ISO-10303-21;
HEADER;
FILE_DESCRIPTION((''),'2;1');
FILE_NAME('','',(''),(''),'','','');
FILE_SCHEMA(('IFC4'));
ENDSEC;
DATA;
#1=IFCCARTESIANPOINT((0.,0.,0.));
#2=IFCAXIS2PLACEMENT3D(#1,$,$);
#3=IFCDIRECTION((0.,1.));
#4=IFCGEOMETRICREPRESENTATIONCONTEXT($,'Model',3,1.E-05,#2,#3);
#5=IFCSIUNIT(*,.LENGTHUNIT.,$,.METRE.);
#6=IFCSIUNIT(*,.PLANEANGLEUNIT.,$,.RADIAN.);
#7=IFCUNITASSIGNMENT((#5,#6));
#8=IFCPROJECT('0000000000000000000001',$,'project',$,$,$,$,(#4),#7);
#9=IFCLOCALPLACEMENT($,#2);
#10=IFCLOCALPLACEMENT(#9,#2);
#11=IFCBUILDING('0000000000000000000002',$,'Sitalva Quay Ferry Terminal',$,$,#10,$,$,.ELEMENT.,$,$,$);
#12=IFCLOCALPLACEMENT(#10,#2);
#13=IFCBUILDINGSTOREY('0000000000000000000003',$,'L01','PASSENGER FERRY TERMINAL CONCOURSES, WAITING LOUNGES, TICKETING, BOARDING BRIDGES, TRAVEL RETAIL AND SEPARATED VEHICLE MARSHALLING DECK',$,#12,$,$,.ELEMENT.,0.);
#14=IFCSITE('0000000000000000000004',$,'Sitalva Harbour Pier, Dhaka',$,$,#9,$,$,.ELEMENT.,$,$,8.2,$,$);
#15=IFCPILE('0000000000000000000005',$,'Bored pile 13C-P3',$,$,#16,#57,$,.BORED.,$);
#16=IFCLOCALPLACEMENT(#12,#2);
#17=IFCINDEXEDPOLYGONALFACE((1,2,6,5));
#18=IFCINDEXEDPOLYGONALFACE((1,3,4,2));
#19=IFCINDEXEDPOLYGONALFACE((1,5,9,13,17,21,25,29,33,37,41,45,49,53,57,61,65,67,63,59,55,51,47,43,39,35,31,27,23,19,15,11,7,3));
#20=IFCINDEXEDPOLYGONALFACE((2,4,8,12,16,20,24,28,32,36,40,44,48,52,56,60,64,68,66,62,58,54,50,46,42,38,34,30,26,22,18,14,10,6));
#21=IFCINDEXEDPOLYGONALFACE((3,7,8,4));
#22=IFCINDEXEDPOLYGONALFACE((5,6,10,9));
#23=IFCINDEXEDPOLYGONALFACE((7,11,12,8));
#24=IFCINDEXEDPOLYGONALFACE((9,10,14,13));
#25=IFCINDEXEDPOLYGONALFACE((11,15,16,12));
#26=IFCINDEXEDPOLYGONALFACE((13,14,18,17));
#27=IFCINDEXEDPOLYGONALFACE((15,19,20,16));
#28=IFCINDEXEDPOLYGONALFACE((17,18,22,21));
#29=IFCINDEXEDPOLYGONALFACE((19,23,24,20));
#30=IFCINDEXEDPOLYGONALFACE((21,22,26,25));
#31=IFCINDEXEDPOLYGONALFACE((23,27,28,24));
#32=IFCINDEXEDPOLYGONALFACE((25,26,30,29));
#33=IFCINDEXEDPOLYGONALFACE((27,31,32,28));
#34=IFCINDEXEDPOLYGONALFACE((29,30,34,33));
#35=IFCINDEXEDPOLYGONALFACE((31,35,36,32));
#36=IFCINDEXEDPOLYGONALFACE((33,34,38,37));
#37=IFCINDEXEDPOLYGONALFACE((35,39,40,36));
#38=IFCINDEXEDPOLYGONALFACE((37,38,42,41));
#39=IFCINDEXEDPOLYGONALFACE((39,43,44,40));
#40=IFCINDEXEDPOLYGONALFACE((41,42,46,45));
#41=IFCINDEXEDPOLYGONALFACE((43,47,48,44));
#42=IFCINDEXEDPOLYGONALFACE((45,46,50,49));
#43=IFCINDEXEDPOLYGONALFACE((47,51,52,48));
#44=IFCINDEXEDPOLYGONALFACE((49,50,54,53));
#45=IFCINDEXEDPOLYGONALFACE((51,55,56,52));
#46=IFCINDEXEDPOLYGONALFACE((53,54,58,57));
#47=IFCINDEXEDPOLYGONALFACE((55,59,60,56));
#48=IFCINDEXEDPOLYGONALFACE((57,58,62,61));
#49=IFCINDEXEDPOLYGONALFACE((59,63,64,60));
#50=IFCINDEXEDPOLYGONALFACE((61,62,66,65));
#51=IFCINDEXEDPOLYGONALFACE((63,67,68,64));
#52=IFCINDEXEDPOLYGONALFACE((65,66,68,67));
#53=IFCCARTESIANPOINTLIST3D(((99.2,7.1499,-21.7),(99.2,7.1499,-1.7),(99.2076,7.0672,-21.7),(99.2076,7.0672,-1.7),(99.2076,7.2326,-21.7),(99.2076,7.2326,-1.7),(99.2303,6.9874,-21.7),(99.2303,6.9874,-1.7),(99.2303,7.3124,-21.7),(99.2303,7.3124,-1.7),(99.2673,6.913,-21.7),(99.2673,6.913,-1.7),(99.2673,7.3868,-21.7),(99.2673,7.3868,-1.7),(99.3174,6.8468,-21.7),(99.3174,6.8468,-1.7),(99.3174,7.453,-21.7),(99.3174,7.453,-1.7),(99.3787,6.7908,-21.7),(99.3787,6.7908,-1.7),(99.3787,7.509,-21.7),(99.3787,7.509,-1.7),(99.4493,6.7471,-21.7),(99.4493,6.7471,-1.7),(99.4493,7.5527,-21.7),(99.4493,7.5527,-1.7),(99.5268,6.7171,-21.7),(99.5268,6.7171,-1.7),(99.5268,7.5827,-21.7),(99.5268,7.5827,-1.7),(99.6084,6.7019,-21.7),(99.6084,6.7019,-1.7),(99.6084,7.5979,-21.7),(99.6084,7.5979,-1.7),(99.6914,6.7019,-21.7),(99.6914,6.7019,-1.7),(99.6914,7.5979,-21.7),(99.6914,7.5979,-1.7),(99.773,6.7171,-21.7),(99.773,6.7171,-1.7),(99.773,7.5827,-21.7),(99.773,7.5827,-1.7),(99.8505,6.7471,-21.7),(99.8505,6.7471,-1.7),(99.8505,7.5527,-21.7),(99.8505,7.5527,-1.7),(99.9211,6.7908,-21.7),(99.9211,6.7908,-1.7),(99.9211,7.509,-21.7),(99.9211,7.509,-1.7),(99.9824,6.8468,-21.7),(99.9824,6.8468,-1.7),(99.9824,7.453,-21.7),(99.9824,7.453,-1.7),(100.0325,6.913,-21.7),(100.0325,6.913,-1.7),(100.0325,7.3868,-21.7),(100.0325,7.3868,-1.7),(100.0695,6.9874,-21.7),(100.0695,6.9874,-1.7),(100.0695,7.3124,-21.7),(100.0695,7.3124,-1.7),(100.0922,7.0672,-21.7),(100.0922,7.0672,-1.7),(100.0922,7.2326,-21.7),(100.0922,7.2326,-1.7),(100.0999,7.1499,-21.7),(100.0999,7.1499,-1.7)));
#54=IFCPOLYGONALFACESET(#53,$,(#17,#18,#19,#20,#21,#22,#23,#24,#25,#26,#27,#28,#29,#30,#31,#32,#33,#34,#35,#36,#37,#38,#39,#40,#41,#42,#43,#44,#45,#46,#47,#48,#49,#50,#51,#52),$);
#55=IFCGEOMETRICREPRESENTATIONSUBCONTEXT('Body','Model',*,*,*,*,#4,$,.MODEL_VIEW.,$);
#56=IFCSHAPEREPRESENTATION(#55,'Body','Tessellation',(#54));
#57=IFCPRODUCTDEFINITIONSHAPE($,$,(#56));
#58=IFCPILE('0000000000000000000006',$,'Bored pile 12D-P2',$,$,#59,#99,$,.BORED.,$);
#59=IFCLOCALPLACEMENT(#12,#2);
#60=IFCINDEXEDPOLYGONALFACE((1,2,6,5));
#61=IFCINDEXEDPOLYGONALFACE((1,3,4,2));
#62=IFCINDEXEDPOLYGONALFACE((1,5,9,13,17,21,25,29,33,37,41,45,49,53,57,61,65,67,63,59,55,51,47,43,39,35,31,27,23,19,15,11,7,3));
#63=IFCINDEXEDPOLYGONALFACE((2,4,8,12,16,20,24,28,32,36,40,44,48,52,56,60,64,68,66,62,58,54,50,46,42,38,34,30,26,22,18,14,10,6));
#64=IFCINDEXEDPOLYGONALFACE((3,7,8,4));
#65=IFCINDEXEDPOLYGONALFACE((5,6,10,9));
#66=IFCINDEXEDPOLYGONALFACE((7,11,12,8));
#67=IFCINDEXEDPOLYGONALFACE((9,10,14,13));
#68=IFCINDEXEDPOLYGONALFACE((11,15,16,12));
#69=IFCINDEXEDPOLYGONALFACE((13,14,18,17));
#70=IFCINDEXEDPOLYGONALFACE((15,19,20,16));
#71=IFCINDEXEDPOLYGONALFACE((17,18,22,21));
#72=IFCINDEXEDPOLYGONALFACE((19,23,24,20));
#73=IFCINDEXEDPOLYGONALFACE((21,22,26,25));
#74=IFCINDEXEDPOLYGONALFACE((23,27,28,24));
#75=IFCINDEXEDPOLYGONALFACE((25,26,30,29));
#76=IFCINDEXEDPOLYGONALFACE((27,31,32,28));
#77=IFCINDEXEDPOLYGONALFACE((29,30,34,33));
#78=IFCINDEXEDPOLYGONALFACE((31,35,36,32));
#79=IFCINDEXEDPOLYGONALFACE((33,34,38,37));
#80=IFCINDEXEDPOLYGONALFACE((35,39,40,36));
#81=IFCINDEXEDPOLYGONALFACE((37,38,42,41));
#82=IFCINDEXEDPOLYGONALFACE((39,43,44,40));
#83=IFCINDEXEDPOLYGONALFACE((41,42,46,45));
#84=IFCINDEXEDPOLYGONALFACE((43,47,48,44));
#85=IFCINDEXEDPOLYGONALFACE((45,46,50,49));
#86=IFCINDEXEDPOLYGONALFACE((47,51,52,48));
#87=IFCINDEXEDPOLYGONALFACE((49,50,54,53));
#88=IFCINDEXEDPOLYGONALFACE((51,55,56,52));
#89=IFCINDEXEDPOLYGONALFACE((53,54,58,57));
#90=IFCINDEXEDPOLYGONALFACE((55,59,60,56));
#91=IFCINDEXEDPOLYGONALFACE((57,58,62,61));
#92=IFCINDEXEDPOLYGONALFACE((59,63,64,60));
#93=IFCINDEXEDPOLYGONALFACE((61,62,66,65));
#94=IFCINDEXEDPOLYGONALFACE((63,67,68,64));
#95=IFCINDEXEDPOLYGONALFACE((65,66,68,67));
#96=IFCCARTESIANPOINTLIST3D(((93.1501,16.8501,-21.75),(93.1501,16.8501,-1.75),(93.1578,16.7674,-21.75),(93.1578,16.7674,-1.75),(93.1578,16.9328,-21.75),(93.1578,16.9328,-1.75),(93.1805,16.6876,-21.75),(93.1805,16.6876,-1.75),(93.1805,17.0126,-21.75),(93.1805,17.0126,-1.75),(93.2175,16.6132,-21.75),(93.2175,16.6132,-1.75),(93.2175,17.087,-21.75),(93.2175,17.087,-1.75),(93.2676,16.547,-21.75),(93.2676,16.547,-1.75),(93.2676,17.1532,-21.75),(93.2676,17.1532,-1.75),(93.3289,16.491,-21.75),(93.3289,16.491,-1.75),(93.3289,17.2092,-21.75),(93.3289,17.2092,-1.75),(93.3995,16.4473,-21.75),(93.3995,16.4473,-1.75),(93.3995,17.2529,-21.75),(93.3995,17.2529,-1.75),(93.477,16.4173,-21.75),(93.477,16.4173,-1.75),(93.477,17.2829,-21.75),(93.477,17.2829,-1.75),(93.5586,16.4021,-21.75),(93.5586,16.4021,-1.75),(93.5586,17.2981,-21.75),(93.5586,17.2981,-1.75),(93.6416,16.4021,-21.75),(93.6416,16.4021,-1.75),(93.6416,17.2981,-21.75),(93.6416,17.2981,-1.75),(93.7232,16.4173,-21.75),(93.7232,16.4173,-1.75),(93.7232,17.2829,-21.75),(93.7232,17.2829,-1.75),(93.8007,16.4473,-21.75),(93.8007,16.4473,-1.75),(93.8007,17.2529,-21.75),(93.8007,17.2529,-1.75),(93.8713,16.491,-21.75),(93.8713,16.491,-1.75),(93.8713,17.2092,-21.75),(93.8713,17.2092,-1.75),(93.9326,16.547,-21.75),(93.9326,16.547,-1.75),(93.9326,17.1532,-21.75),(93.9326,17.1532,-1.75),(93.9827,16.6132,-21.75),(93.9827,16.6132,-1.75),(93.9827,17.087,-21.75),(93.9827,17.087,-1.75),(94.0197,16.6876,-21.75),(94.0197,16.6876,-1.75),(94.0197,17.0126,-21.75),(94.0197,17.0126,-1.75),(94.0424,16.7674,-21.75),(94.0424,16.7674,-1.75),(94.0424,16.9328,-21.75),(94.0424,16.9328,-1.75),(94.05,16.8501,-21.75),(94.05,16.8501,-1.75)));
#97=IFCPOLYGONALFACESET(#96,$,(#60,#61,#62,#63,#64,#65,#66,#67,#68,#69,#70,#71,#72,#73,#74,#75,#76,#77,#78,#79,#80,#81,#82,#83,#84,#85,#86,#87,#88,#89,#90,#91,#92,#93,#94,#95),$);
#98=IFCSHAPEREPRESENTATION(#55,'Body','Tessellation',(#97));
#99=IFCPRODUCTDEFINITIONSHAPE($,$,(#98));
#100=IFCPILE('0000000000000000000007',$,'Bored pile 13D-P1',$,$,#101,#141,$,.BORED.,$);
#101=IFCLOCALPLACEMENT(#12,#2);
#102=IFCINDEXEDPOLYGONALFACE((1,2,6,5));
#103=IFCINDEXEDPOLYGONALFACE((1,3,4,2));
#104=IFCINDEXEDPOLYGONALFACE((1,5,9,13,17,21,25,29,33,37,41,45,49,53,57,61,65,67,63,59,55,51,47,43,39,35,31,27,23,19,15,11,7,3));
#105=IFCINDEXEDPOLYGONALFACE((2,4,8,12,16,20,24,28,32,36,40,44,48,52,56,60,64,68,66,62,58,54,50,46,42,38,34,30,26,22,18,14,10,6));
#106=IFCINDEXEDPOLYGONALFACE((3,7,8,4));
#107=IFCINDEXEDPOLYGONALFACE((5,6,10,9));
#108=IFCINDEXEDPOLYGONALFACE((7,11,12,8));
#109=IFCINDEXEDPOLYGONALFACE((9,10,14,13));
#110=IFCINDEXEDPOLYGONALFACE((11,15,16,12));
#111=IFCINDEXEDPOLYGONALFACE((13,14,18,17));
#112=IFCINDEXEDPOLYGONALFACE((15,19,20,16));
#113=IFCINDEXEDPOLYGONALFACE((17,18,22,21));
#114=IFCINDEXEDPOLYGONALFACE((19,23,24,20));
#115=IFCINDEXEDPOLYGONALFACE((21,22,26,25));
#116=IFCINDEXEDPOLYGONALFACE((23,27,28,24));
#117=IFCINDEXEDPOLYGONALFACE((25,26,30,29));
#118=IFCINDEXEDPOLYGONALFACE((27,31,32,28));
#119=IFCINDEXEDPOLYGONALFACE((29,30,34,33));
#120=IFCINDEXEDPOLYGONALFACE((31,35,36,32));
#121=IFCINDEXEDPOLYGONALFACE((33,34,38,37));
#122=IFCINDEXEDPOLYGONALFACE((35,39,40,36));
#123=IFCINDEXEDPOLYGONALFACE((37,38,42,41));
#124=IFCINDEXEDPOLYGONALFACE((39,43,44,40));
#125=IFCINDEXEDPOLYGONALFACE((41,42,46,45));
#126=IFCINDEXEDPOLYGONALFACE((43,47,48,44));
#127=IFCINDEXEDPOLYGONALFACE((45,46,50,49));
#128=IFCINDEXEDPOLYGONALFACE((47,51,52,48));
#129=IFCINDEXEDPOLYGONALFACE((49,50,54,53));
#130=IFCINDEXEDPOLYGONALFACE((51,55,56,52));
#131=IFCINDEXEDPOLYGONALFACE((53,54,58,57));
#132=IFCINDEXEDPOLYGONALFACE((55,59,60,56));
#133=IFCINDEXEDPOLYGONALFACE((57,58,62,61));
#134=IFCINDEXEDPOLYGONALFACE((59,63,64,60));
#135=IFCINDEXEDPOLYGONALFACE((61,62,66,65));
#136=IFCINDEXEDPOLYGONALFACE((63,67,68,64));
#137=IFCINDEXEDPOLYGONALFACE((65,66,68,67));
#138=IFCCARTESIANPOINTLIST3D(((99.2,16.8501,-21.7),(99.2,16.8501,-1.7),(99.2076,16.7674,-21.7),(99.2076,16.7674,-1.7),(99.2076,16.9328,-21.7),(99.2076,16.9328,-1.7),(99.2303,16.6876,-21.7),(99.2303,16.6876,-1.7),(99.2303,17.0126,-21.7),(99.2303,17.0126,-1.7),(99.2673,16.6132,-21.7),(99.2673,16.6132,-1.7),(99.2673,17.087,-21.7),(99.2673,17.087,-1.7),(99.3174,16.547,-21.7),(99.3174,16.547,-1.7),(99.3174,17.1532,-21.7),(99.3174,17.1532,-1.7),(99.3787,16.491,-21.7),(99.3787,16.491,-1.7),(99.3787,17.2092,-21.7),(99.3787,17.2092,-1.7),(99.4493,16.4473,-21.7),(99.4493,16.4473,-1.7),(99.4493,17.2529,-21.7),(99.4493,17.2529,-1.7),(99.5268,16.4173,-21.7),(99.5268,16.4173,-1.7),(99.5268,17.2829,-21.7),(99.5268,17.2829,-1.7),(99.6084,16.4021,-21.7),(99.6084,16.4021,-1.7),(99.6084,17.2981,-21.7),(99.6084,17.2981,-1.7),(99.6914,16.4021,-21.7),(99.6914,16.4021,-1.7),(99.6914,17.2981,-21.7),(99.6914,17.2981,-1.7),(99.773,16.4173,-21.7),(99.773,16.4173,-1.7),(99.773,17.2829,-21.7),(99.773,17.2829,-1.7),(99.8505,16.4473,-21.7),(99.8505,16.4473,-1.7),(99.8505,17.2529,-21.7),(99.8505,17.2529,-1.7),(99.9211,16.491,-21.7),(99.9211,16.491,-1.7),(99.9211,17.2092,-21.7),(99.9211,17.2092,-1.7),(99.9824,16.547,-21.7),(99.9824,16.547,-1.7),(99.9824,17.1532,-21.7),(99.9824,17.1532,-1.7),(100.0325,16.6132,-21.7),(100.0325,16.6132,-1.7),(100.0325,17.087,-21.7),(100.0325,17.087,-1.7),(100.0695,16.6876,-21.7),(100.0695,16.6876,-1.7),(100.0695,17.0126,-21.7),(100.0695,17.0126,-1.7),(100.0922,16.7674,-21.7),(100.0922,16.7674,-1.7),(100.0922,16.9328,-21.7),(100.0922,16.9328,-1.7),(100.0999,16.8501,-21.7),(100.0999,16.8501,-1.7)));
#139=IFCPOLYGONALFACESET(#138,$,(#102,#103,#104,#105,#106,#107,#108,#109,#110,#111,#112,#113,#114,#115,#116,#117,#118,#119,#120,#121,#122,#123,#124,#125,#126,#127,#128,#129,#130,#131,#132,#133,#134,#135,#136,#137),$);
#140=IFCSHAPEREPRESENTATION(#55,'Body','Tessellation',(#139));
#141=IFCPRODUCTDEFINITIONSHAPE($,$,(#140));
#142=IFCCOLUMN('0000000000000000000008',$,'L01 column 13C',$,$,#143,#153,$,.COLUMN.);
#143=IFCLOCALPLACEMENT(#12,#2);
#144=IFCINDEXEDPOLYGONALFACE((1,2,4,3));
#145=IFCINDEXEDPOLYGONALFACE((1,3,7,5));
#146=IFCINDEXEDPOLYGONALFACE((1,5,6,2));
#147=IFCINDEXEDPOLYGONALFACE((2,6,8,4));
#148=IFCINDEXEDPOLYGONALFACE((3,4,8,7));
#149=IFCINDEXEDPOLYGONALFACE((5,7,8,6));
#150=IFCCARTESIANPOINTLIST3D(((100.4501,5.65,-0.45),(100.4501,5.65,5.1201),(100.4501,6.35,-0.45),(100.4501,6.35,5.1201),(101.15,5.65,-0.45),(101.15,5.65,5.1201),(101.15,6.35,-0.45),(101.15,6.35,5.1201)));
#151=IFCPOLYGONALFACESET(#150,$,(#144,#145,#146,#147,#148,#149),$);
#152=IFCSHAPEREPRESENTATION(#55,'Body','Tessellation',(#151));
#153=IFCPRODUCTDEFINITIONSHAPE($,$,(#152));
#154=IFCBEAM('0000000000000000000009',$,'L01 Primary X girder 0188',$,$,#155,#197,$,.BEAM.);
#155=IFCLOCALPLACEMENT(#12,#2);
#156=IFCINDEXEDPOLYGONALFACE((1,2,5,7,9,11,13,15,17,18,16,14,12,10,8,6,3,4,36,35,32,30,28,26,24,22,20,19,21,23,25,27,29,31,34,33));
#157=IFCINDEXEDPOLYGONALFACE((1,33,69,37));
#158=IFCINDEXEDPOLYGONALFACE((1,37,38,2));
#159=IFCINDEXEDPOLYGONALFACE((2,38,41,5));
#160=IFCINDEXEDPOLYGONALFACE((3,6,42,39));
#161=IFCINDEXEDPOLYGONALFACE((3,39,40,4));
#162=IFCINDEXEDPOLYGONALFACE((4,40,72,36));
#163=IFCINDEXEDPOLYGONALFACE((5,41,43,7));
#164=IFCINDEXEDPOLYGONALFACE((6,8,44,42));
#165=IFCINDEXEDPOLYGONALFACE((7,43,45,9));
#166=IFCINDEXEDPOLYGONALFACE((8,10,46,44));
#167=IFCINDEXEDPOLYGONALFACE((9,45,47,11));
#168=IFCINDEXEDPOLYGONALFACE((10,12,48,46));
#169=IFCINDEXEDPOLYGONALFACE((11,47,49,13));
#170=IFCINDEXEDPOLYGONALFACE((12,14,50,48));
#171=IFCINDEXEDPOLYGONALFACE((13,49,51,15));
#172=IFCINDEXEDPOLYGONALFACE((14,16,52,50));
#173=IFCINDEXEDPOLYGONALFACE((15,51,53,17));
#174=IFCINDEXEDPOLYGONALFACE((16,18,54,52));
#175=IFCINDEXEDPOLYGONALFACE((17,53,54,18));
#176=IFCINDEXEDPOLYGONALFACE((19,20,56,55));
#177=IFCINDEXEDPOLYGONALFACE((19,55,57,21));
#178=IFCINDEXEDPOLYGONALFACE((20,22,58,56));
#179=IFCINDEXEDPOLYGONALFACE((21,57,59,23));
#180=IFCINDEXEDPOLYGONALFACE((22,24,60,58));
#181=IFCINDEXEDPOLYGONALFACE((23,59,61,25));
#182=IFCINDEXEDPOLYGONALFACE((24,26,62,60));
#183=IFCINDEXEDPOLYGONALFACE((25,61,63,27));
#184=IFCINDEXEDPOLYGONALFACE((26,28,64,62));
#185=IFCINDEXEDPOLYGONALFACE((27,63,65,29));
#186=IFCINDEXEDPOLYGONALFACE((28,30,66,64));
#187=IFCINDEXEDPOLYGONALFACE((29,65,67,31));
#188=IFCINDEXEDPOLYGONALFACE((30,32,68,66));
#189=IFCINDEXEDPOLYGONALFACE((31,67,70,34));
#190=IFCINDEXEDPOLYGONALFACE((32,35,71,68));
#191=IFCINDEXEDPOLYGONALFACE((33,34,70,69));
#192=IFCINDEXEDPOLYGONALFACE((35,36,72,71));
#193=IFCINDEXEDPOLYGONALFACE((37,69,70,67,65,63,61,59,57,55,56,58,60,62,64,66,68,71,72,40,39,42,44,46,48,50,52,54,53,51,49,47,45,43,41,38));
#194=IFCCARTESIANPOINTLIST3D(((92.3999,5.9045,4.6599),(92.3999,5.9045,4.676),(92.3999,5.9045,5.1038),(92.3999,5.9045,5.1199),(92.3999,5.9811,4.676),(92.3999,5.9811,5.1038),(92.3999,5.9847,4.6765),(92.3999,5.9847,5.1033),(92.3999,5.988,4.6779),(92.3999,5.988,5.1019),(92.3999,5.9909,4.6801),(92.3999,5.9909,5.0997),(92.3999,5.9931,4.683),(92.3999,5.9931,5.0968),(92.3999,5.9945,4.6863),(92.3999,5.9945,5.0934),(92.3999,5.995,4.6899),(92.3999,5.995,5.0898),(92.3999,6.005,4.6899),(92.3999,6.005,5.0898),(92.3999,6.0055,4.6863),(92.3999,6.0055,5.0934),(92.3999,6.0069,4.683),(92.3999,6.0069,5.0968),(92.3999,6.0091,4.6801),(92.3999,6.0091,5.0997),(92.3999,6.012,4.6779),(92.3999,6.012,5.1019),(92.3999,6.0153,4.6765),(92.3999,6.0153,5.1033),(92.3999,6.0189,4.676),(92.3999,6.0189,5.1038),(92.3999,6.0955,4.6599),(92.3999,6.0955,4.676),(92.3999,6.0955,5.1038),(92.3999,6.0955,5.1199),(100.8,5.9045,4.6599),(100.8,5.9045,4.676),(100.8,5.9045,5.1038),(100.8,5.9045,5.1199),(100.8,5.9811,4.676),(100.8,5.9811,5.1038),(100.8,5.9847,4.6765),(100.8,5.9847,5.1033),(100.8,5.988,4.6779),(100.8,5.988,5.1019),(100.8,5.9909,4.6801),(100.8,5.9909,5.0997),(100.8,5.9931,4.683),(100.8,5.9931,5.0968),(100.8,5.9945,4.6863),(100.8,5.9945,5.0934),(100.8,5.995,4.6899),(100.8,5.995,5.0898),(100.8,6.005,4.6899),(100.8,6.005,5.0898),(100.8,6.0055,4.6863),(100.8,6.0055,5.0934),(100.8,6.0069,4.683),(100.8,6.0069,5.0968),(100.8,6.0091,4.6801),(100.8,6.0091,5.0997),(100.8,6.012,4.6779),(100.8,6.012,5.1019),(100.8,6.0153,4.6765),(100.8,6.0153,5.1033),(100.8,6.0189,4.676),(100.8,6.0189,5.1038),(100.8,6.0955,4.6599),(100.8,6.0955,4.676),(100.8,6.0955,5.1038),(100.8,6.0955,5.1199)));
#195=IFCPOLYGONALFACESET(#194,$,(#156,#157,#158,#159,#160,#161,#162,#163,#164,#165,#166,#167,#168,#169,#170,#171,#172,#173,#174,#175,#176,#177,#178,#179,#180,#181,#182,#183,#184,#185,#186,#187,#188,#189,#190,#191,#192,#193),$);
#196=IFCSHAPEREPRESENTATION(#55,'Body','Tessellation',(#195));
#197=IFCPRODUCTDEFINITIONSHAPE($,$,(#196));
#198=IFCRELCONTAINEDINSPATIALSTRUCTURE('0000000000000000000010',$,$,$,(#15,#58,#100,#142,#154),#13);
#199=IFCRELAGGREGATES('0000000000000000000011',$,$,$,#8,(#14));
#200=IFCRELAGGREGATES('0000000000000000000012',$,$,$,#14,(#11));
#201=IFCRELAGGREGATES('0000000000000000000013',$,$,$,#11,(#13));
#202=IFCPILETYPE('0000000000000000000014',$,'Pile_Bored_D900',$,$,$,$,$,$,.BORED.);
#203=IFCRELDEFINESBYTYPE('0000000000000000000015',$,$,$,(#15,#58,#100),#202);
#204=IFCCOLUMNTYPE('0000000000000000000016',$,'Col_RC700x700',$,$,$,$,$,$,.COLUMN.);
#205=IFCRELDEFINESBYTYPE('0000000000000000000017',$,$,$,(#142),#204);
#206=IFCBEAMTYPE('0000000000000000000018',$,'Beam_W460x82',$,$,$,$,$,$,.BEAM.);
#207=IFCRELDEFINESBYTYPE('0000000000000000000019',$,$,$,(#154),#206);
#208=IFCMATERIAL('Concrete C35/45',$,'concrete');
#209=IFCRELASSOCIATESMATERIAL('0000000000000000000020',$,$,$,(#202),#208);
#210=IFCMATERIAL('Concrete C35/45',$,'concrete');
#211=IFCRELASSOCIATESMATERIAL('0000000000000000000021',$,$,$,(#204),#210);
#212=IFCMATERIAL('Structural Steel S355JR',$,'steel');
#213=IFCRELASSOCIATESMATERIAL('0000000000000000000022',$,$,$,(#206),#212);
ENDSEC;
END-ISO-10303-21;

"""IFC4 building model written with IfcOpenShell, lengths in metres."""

from ifc_helpers import new_model, si_unit, direction, frame, origin, origin_2d, place, context, subcontext, project, spatial, rectangle, circle, i_section, extrude, material, material_profile, profile_set, type_object, element, save


model = new_model("IFC4")

# Units and contexts
model_context = context("Model", 3, precision=1e-05, world=origin(), true_north=direction((0.0, 1.0)))
body_context = subcontext(model_context, "Body", "Model", "MODEL_VIEW")
ifc_project = project(units=[si_unit("LENGTHUNIT", "METRE"), si_unit("PLANEANGLEUNIT", "RADIAN")], contexts=[model_context])

# Site, building, storey
site_placement = place(None, origin())
site = spatial("IfcSite", under=ifc_project, at=site_placement, Name="Sitalva Harbour Pier, Dhaka", CompositionType="ELEMENT", RefElevation=8.2)
building_placement = place(site_placement, origin())
building = spatial("IfcBuilding", under=site, at=building_placement, Name="Sitalva Quay Ferry Terminal", CompositionType="ELEMENT")
storey_placement = place(building_placement, origin())
storey = spatial("IfcBuildingStorey", under=building, at=storey_placement, Name="L01", Description="PASSENGER FERRY TERMINAL CONCOURSES, WAITING LOUNGES, TICKETING, BOARDING BRIDGES, TRAVEL RETAIL AND SEPARATED VEHICLE MARSHALLING DECK", CompositionType="ELEMENT", Elevation=0.0)

# Piles
ifc_material_1 = material(Name="Concrete C35/45", Category="concrete")
ifc_material_profile_1 = material_profile(ifc_material_1, circle(Radius=0.45, at=origin_2d()), Name="PILE-D900")
ifc_profile_set_1 = profile_set([ifc_material_profile_1], Name="Concrete C35/45")
pile_type = type_object("IfcPileType", Name="Pile_Bored_D900", PredefinedType="BORED", material=ifc_profile_set_1)
for number, where, z_axis, x_axis, name in (
    (1, (99.6499, 7.1499, -1.7), (0.0, 0.0, -1.0), (1.0, 0.0, 0.0), "Bored pile 13C-P3"),
    (2, (93.6001, 16.8501, -1.75), (0.0, 0.0, -1.0), (1.0, 0.0, 0.0), "Bored pile 12D-P2"),
    (3, (99.6499, 16.8501, -1.7), (0.0, 0.0, -1.0), (1.0, 0.0, 0.0), "Bored pile 13D-P1"),
):
    element("IfcPile", number, at=place(storey_placement, frame(where, z_axis=z_axis, x_axis=x_axis)), inside=storey, type_object=pile_type, Name=name, PredefinedType="BORED", context=body_context, shape_type="SweptSolid", body=[
        extrude(circle(Radius=0.45, at=origin_2d()), origin(), (0.0, 0.0, 1.0), 20.0),
    ])

# Column
ifc_material_2 = material(Name="Concrete C35/45", Category="concrete")
ifc_material_profile_2 = material_profile(ifc_material_2, rectangle(XDim=0.7, YDim=0.7, at=origin_2d()), Name="RC700x700")
ifc_profile_set_2 = profile_set([ifc_material_profile_2], Name="Concrete C35/45")
column_type = type_object("IfcColumnType", Name="Col_RC700x700", PredefinedType="COLUMN", material=ifc_profile_set_2)
column_placement = place(storey_placement, frame((100.8, 6.0, -0.45), z_axis=(0.0, 0.0, 1.0), x_axis=(1.0, 0.0, 0.0)))
element("IfcColumn", 4, at=column_placement, inside=storey, type_object=column_type, Name="L01 column 13C", PredefinedType="COLUMN", context=body_context, shape_type="SweptSolid", body=[
    extrude(rectangle(XDim=0.7, YDim=0.7, at=origin_2d()), origin(), (0.0, 0.0, 1.0), 5.5701),
])

# Beam
ifc_material_3 = material(Name="Structural Steel S355JR", Category="steel")
ifc_material_profile_3 = material_profile(ifc_material_3, i_section(OverallWidth=0.1909, OverallDepth=0.46, WebThickness=0.01, FlangeThickness=0.0161, FilletRadius=0.0139, at=origin_2d()), Name="W460x82")
ifc_profile_set_3 = profile_set([ifc_material_profile_3], Name="Structural Steel S355JR")
beam_type_1 = type_object("IfcBeamType", Name="Beam_W460x82", PredefinedType="BEAM", material=ifc_profile_set_3)
beam_1_placement = place(storey_placement, frame((92.3999, 6.0, 4.8899), z_axis=(1.0, 0.0, 0.0), x_axis=(0.0, 1.0, 0.0)))
element("IfcBeam", 5, at=beam_1_placement, inside=storey, type_object=beam_type_1, Name="L01 Primary X girder 0188", PredefinedType="BEAM", context=body_context, shape_type="SweptSolid", body=[
    extrude(i_section(OverallWidth=0.1909, OverallDepth=0.46, WebThickness=0.01, FlangeThickness=0.0161, FilletRadius=0.0139, at=origin_2d()), origin(), (0.0, 0.0, 1.0), 8.4001),
])

save(model, "model.ifc")
